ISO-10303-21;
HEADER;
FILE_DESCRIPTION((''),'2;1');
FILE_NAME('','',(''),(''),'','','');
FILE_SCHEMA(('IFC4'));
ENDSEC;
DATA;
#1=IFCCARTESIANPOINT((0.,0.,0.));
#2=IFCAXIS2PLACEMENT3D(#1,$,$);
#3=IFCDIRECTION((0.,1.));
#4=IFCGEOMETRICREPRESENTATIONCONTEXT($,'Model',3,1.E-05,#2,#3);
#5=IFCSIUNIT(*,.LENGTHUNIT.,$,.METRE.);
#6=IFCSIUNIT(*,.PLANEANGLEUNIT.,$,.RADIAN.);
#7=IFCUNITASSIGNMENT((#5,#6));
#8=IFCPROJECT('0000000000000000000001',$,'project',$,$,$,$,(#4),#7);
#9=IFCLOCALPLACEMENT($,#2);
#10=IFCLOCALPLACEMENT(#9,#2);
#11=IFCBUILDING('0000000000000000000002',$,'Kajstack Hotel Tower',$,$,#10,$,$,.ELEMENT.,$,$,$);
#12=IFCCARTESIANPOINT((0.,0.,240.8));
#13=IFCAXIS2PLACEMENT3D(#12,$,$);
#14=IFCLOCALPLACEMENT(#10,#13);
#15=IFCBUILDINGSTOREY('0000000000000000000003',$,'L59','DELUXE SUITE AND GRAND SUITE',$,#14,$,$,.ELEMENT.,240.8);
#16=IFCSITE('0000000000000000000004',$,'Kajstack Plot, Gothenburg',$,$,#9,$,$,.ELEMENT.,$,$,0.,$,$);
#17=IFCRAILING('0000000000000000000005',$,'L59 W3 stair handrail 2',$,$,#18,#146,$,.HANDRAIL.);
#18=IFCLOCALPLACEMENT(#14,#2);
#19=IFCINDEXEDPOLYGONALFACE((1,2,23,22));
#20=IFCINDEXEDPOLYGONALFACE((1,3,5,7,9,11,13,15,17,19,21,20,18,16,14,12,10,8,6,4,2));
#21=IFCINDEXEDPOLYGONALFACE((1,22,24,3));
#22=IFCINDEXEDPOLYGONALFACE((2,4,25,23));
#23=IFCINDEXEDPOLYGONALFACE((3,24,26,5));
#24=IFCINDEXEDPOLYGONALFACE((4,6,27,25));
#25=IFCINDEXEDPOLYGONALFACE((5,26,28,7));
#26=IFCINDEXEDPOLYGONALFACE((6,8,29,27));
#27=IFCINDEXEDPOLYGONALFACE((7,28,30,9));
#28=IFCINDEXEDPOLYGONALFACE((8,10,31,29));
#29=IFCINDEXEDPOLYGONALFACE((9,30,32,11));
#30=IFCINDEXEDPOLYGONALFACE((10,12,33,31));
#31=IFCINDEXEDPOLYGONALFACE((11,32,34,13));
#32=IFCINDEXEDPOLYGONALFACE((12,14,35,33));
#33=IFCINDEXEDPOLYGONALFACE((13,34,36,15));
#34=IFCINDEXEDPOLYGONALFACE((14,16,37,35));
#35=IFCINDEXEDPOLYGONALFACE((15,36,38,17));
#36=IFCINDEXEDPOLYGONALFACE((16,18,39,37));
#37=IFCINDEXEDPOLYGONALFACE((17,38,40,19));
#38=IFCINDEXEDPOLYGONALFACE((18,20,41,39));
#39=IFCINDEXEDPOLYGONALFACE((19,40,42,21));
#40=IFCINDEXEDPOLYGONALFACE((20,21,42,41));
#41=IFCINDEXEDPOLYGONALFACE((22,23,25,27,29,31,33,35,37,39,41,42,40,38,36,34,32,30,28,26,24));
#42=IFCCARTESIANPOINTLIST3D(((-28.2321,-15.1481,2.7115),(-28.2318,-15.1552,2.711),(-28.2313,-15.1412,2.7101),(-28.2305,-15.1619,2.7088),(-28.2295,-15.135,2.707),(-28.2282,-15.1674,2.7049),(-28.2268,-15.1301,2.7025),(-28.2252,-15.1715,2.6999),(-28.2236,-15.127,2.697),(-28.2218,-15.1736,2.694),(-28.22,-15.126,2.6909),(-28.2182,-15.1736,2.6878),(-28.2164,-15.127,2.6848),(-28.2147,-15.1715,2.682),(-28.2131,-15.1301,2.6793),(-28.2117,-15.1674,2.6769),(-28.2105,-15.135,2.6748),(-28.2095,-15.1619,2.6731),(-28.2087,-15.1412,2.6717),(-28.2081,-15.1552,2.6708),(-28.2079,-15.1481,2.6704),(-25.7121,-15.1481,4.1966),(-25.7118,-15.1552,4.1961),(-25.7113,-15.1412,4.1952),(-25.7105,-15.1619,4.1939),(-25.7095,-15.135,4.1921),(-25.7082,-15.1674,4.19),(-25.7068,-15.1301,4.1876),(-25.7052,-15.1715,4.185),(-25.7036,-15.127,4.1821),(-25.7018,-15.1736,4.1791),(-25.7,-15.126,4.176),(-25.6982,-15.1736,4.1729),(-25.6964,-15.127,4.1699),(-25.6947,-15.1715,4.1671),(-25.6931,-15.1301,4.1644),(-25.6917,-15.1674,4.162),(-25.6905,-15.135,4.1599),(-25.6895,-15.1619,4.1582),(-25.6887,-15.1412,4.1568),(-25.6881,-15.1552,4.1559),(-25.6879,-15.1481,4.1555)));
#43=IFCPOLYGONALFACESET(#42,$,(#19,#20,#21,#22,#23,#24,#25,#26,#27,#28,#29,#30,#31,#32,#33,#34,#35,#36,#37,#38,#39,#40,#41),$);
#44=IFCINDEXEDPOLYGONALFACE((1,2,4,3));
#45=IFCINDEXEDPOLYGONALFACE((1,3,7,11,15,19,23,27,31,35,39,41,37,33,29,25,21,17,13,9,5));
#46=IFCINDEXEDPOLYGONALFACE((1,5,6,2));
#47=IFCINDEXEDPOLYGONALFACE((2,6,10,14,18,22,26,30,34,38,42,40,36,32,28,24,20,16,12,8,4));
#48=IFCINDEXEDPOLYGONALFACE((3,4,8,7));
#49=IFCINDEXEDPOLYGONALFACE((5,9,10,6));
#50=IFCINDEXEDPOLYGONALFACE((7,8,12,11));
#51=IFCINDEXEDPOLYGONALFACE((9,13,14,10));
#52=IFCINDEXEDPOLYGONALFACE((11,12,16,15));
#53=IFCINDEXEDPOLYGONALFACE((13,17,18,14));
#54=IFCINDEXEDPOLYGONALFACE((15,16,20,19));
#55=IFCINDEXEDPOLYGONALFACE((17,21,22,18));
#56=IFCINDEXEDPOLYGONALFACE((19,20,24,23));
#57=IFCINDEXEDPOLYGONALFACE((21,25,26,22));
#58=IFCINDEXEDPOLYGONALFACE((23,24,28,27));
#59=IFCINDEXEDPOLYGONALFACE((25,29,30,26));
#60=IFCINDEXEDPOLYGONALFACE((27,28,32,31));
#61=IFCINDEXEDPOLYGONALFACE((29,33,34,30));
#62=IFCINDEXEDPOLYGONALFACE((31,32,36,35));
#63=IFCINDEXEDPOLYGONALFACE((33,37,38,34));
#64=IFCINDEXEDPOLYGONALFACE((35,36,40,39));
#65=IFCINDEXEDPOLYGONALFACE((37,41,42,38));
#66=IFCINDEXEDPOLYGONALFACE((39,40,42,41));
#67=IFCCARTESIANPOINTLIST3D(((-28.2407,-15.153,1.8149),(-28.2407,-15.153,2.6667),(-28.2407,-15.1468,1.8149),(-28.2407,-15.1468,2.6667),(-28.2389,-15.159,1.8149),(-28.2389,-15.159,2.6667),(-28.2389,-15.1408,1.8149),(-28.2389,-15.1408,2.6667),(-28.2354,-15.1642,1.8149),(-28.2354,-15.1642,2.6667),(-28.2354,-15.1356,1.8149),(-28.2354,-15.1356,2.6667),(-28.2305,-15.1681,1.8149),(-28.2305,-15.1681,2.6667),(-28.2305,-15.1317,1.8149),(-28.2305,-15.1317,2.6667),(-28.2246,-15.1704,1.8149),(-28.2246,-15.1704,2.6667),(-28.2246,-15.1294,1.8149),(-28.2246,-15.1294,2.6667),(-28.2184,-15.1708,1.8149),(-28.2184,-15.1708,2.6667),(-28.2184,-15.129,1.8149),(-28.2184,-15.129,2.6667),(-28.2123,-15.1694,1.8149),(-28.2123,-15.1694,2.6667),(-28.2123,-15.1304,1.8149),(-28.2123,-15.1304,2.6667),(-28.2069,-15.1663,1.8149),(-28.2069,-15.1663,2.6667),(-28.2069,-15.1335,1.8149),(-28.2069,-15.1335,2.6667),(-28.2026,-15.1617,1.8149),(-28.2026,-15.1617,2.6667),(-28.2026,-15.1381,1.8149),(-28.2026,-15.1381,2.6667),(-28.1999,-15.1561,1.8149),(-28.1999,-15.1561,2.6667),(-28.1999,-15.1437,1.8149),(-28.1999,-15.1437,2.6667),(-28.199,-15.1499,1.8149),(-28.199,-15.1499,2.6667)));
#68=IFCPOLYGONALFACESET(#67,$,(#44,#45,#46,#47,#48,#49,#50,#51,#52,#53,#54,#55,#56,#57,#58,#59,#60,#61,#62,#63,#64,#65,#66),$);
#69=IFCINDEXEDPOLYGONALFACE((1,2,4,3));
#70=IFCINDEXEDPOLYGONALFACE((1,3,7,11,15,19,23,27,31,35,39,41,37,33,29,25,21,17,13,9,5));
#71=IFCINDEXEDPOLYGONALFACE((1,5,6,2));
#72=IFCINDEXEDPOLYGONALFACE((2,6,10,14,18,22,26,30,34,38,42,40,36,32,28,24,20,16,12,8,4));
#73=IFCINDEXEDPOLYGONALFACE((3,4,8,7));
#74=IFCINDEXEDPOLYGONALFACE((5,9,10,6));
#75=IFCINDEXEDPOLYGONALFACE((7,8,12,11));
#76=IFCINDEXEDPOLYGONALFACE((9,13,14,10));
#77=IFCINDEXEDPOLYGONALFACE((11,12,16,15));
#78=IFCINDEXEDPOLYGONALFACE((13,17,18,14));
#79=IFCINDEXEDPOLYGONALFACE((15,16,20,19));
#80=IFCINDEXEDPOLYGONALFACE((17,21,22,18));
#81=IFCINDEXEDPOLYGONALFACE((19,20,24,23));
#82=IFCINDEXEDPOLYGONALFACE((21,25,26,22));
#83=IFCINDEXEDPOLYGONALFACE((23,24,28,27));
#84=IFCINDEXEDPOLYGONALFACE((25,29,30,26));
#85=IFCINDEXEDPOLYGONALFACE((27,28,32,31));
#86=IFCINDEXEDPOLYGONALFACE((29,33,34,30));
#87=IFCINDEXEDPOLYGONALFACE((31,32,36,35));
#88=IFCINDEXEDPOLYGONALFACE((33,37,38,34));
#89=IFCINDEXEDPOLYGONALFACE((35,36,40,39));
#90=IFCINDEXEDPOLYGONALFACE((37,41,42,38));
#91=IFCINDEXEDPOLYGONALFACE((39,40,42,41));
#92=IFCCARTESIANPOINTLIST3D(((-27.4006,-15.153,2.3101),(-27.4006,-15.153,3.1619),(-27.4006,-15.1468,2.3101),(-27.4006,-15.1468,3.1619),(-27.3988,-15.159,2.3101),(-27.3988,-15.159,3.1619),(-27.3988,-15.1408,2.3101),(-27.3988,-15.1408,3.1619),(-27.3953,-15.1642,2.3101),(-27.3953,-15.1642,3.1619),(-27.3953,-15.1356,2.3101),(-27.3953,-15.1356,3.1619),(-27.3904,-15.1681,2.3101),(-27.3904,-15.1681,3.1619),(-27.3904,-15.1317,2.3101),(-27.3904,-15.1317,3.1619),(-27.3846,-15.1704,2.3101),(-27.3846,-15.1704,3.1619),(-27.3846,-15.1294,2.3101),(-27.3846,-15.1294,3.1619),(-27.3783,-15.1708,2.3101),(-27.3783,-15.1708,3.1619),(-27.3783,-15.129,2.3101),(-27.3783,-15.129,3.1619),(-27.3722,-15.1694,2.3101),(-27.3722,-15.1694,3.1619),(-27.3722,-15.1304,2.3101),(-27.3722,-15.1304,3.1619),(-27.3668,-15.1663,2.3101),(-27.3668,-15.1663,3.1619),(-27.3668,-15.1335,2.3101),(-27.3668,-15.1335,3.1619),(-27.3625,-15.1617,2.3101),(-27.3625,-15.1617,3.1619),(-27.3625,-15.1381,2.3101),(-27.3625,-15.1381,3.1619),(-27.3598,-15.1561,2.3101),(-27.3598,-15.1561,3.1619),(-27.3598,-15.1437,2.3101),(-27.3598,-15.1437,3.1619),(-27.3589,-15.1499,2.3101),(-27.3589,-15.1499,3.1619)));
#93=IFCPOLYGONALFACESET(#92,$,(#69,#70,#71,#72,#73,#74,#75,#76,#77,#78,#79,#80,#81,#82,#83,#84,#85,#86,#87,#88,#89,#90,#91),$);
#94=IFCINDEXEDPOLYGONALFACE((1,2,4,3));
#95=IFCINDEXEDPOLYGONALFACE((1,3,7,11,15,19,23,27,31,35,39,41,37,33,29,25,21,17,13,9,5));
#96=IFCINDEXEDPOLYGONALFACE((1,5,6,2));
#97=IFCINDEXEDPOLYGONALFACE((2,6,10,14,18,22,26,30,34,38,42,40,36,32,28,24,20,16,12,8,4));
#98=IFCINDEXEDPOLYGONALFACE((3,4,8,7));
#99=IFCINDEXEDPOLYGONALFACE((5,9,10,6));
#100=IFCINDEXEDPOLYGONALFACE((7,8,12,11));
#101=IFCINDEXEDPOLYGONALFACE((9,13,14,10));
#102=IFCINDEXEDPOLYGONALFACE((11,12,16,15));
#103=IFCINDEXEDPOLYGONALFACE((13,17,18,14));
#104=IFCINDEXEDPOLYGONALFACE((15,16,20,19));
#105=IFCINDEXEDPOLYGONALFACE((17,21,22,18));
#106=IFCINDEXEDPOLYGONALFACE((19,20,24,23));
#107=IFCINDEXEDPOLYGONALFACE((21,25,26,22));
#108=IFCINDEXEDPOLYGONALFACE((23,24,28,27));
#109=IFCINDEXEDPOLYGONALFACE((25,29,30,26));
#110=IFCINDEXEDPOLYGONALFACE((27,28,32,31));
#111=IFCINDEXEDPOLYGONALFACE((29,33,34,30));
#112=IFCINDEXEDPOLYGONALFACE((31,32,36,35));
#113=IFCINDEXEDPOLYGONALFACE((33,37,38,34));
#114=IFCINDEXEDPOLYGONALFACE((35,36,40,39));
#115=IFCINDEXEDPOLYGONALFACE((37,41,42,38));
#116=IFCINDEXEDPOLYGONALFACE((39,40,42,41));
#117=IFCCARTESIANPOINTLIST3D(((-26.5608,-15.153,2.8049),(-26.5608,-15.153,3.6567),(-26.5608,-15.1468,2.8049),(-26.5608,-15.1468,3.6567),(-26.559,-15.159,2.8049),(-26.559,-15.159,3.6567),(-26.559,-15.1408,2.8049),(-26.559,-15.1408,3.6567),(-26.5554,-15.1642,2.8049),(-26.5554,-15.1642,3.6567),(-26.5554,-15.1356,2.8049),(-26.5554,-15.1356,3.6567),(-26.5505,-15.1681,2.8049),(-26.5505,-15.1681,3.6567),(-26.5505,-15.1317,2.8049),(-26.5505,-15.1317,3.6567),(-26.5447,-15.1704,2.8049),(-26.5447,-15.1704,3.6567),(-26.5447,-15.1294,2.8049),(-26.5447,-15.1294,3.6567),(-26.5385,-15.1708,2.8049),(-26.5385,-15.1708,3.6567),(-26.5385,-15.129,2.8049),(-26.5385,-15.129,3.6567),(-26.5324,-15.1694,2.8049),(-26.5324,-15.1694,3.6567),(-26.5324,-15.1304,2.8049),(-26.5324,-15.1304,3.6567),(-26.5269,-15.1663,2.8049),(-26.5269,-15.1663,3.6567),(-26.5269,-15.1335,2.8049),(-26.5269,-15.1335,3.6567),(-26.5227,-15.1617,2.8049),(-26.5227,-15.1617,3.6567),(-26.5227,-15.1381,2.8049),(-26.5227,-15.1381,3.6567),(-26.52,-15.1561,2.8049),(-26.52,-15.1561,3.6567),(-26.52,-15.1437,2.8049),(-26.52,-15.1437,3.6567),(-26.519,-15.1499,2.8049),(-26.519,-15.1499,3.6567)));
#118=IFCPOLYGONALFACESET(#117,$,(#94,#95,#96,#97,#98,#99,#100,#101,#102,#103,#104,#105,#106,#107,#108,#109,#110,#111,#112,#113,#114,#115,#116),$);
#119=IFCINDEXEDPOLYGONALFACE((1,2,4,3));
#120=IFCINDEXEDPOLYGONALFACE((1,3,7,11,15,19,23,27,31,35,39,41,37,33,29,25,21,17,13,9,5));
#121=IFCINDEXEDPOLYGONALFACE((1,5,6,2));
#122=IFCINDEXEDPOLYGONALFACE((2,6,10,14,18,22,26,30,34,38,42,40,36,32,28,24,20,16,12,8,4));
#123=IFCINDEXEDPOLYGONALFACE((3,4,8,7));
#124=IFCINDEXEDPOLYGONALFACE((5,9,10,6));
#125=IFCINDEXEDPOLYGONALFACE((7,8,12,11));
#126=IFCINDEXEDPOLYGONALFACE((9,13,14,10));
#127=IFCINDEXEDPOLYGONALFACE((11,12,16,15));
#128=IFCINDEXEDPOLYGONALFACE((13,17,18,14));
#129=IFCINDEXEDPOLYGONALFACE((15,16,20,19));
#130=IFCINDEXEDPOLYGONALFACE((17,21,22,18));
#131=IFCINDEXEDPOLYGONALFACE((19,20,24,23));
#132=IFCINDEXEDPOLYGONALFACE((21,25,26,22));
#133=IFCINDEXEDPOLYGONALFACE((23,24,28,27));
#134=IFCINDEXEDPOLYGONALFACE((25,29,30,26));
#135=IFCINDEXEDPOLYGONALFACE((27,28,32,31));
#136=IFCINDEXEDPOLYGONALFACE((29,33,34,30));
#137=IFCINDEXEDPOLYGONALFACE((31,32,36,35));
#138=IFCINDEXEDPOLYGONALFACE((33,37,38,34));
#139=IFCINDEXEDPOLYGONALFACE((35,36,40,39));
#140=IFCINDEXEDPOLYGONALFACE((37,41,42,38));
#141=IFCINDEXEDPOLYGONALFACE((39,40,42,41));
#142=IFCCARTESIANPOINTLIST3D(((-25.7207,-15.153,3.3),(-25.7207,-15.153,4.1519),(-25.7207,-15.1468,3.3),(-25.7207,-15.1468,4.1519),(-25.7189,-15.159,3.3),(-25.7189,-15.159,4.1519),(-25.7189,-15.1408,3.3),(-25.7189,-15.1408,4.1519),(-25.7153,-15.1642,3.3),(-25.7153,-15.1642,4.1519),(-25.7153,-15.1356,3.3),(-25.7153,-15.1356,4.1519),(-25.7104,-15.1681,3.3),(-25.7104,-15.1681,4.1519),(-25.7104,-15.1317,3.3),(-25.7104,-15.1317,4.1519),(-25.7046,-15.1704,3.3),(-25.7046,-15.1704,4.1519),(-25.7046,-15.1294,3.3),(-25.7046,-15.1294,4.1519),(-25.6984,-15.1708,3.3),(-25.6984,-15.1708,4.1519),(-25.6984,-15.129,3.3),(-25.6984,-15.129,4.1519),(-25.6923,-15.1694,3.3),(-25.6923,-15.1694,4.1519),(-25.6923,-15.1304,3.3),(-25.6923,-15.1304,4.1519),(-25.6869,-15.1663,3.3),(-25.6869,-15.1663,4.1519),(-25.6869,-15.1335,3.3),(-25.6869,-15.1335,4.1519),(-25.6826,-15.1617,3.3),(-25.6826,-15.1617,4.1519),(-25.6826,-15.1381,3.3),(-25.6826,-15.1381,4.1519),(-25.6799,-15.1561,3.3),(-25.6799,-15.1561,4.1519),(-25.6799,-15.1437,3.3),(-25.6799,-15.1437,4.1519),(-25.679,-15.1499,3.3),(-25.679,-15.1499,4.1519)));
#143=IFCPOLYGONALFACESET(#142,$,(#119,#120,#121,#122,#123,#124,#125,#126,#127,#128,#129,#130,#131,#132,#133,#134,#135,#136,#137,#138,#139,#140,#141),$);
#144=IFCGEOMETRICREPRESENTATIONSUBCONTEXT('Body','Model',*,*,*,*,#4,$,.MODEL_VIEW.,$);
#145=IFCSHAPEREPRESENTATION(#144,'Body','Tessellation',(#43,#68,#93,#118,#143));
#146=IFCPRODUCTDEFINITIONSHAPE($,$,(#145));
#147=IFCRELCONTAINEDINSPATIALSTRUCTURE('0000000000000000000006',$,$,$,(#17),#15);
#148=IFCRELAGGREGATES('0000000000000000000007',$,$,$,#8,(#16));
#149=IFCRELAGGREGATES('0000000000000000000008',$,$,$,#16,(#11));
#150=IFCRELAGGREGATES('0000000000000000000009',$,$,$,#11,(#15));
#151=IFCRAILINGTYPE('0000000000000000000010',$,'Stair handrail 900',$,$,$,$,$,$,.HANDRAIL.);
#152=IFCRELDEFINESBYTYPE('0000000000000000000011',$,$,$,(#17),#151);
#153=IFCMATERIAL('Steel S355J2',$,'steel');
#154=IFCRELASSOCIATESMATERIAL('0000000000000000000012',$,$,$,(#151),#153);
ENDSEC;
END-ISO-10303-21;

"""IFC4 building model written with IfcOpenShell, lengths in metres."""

from ifc_helpers import new_model, si_unit, direction, frame, origin, origin_2d, place, context, subcontext, project, spatial, circle, extrude, material, type_object, element, save


model = new_model("IFC4")

# Units and contexts
model_context = context("Model", 3, precision=1e-05, world=origin(), true_north=direction((0.0, 1.0)))
body_context = subcontext(model_context, "Body", "Model", "MODEL_VIEW")
ifc_project = project(units=[si_unit("LENGTHUNIT", "METRE"), si_unit("PLANEANGLEUNIT", "RADIAN")], contexts=[model_context])

# Site, building, storey
site_placement = place(None, origin())
site = spatial("IfcSite", under=ifc_project, at=site_placement, Name="Kajstack Plot, Gothenburg", CompositionType="ELEMENT", RefElevation=0.0)
building_placement = place(site_placement, origin())
building = spatial("IfcBuilding", under=site, at=building_placement, Name="Kajstack Hotel Tower", CompositionType="ELEMENT")
storey_placement = place(building_placement, frame((0.0, 0.0, 240.8)))
storey = spatial("IfcBuildingStorey", under=building, at=storey_placement, Name="L59", Description="DELUXE SUITE AND GRAND SUITE", CompositionType="ELEMENT", Elevation=240.8)

# Railing
ifc_material_1 = material(Name="Steel S355J2", Category="steel")
railing_type_1 = type_object("IfcRailingType", Name="Stair handrail 900", PredefinedType="HANDRAIL", material=ifc_material_1)
railing_1_placement = place(storey_placement, frame((-28.22, -15.1499, 1.8149)))
element("IfcRailing", 1, at=railing_1_placement, inside=storey, type_object=railing_type_1, Name="L59 W3 stair handrail 2", PredefinedType="HANDRAIL", context=body_context, shape_type="SweptSolid", body=[
    extrude(circle(Radius=0.0239, at=origin_2d()), frame((0.0, 0.0, 0.876), z_axis=(0.861524, 0.0, 0.507717), x_axis=(0.0, 1.0, 0.0)), (0.0, 0.0, 1.0), 2.925),
    extrude(circle(Radius=0.021, at=origin_2d()), origin(), (0.0, 0.0, 1.0), 0.8518),
    extrude(circle(Radius=0.021, at=origin_2d()), frame((0.8401, 0.0, 0.4951)), (0.0, 0.0, 1.0), 0.8518),
    extrude(circle(Radius=0.021, at=origin_2d()), frame((1.6799, 0.0, 0.99)), (0.0, 0.0, 1.0), 0.8518),
    extrude(circle(Radius=0.021, at=origin_2d()), frame((2.52, 0.0, 1.4851)), (0.0, 0.0, 1.0), 0.8518),
])

save(model, "model.ifc")
